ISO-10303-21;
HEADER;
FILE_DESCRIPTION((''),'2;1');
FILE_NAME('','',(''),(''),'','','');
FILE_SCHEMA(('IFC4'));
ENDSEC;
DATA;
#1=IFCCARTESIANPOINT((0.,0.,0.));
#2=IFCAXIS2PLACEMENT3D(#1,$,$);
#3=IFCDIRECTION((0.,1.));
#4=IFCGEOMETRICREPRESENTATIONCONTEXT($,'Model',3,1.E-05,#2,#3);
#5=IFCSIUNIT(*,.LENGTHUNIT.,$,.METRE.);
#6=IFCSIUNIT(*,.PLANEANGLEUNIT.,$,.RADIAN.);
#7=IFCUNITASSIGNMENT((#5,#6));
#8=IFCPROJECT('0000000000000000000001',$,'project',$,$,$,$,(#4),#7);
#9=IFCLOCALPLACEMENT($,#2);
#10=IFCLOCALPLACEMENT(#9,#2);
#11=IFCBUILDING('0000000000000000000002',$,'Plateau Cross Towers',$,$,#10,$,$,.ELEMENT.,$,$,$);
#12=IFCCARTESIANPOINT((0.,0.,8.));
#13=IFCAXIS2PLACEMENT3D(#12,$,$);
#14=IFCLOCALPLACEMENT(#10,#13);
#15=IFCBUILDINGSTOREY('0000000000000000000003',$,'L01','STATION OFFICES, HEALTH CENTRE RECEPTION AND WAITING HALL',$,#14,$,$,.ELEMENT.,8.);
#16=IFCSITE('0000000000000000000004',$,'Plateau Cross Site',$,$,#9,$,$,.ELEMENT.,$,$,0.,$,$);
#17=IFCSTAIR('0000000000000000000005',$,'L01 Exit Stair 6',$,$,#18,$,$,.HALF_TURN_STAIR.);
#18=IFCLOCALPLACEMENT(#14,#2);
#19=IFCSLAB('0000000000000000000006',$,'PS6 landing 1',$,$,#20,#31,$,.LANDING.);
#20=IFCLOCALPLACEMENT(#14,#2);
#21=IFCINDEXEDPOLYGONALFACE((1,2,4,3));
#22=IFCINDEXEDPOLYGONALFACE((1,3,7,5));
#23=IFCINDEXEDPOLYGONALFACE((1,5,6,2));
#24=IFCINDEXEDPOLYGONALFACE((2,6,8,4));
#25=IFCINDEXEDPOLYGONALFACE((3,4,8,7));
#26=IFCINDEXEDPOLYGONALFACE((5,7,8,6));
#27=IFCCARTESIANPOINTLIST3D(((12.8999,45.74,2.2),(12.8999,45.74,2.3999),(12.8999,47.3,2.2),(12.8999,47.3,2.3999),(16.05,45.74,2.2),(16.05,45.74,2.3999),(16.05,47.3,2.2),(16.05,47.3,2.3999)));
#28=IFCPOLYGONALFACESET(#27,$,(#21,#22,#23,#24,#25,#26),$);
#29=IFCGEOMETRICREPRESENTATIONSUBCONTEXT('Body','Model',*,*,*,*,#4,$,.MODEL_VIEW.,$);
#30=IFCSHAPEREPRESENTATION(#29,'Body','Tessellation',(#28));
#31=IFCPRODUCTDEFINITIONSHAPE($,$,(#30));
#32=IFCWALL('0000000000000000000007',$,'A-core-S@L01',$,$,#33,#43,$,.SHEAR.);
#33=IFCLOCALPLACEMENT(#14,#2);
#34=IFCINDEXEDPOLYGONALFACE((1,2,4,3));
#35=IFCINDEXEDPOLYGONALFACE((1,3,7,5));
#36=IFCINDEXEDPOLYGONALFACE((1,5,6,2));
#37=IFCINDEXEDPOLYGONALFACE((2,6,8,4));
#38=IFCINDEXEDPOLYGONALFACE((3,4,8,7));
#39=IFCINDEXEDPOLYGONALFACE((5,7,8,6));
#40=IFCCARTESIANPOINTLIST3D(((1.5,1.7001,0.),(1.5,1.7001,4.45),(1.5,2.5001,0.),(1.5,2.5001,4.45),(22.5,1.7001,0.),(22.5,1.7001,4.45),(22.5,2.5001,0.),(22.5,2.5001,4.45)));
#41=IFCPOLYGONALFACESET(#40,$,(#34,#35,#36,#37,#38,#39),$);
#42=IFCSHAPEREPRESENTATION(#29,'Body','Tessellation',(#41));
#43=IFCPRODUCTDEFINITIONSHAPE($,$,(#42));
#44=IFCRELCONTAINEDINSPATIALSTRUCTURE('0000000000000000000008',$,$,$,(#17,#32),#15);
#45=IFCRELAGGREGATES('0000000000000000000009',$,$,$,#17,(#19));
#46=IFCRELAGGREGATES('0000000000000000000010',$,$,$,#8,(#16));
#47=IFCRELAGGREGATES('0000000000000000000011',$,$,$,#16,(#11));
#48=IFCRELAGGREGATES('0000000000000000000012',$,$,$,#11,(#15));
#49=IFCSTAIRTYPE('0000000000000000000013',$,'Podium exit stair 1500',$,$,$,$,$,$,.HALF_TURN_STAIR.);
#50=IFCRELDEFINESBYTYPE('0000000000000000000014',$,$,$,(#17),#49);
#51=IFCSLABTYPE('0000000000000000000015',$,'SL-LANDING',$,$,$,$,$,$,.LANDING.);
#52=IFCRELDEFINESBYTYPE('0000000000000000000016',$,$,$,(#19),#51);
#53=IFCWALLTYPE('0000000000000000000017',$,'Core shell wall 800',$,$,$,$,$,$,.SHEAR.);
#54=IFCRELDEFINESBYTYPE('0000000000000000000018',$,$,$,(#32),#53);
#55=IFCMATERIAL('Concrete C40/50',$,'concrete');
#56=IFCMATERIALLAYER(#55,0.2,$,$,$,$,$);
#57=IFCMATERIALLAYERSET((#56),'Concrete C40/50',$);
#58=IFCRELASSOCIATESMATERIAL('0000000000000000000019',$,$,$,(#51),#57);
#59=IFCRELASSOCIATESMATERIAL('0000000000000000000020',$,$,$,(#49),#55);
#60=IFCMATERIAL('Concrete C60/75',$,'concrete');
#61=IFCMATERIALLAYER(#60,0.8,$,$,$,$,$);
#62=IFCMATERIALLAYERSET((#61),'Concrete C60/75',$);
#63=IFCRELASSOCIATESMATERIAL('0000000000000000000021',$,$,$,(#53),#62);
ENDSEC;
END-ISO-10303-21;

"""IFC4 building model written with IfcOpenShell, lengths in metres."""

from ifc_helpers import new_model, si_unit, direction, frame, frame_2d, origin, place, context, subcontext, project, spatial, polyline, rectangle, outline, extrude, material, layer, layer_set, type_object, element, aggregate, save


model = new_model("IFC4")

# Units and contexts
model_context = context("Model", 3, precision=1e-05, world=origin(), true_north=direction((0.0, 1.0)))
body_context = subcontext(model_context, "Body", "Model", "MODEL_VIEW")
ifc_project = project(units=[si_unit("LENGTHUNIT", "METRE"), si_unit("PLANEANGLEUNIT", "RADIAN")], contexts=[model_context])

# Site, building, storey
site_placement = place(None, origin())
site = spatial("IfcSite", under=ifc_project, at=site_placement, Name="Plateau Cross Site", CompositionType="ELEMENT", RefElevation=0.0)
building_placement = place(site_placement, origin())
building = spatial("IfcBuilding", under=site, at=building_placement, Name="Plateau Cross Towers", CompositionType="ELEMENT")
storey_placement = place(building_placement, frame((0.0, 0.0, 8.0)))
storey = spatial("IfcBuildingStorey", under=building, at=storey_placement, Name="L01", Description="STATION OFFICES, HEALTH CENTRE RECEPTION AND WAITING HALL", CompositionType="ELEMENT", Elevation=8.0)

# Shared definitions
ifc_material_1 = material(Name="Concrete C60/75", Category="concrete")

# Stair, slab
ifc_material_2 = material(Name="Concrete C40/50", Category="concrete")
ifc_layer_1 = layer(ifc_material_2, 0.2)
ifc_layer_set_1 = layer_set([ifc_layer_1], Name="Concrete C40/50")
slab_type = type_object("IfcSlabType", Name="SL-LANDING", PredefinedType="LANDING", material=ifc_layer_set_1)
stair_type_1 = type_object("IfcStairType", Name="Podium exit stair 1500", PredefinedType="HALF_TURN_STAIR", material=ifc_material_2)
stair_1_placement = place(storey_placement, origin())
stair_1 = element("IfcStair", 1, at=stair_1_placement, inside=storey, type_object=stair_type_1, Name="L01 Exit Stair 6", PredefinedType="HALF_TURN_STAIR")
slab_1_placement = place(storey_placement, frame((0.0, 0.0, 2.2)))
slab_1 = element("IfcSlab", 2, at=slab_1_placement, type_object=slab_type, Name="PS6 landing 1", PredefinedType="LANDING", context=body_context, shape_type="SweptSolid", body=[
    extrude(outline(polyline([(16.05, 45.74), (16.05, 47.3), (12.8999, 47.3), (12.8999, 45.74), (16.05, 45.74)])), origin(), (0.0, 0.0, 1.0), 0.2),
])
aggregate(stair_1, [slab_1])

# Wall
ifc_layer_2 = layer(ifc_material_1, 0.8)
ifc_layer_set_2 = layer_set([ifc_layer_2], Name="Concrete C60/75")
wall_type = type_object("IfcWallType", Name="Core shell wall 800", PredefinedType="SHEAR", material=ifc_layer_set_2)
wall_placement = place(storey_placement, frame((1.5, 2.1001, 0.0), z_axis=(0.0, 0.0, 1.0), x_axis=(1.0, 0.0, 0.0)))
element("IfcWall", 3, at=wall_placement, inside=storey, type_object=wall_type, Name="A-core-S@L01", PredefinedType="SHEAR", context=body_context, shape_type="SweptSolid", body=[
    extrude(rectangle(XDim=21.0, YDim=0.8, at=frame_2d((10.5, 0.0))), origin(), (0.0, 0.0, 1.0), 4.45),
])

save(model, "model.ifc")
